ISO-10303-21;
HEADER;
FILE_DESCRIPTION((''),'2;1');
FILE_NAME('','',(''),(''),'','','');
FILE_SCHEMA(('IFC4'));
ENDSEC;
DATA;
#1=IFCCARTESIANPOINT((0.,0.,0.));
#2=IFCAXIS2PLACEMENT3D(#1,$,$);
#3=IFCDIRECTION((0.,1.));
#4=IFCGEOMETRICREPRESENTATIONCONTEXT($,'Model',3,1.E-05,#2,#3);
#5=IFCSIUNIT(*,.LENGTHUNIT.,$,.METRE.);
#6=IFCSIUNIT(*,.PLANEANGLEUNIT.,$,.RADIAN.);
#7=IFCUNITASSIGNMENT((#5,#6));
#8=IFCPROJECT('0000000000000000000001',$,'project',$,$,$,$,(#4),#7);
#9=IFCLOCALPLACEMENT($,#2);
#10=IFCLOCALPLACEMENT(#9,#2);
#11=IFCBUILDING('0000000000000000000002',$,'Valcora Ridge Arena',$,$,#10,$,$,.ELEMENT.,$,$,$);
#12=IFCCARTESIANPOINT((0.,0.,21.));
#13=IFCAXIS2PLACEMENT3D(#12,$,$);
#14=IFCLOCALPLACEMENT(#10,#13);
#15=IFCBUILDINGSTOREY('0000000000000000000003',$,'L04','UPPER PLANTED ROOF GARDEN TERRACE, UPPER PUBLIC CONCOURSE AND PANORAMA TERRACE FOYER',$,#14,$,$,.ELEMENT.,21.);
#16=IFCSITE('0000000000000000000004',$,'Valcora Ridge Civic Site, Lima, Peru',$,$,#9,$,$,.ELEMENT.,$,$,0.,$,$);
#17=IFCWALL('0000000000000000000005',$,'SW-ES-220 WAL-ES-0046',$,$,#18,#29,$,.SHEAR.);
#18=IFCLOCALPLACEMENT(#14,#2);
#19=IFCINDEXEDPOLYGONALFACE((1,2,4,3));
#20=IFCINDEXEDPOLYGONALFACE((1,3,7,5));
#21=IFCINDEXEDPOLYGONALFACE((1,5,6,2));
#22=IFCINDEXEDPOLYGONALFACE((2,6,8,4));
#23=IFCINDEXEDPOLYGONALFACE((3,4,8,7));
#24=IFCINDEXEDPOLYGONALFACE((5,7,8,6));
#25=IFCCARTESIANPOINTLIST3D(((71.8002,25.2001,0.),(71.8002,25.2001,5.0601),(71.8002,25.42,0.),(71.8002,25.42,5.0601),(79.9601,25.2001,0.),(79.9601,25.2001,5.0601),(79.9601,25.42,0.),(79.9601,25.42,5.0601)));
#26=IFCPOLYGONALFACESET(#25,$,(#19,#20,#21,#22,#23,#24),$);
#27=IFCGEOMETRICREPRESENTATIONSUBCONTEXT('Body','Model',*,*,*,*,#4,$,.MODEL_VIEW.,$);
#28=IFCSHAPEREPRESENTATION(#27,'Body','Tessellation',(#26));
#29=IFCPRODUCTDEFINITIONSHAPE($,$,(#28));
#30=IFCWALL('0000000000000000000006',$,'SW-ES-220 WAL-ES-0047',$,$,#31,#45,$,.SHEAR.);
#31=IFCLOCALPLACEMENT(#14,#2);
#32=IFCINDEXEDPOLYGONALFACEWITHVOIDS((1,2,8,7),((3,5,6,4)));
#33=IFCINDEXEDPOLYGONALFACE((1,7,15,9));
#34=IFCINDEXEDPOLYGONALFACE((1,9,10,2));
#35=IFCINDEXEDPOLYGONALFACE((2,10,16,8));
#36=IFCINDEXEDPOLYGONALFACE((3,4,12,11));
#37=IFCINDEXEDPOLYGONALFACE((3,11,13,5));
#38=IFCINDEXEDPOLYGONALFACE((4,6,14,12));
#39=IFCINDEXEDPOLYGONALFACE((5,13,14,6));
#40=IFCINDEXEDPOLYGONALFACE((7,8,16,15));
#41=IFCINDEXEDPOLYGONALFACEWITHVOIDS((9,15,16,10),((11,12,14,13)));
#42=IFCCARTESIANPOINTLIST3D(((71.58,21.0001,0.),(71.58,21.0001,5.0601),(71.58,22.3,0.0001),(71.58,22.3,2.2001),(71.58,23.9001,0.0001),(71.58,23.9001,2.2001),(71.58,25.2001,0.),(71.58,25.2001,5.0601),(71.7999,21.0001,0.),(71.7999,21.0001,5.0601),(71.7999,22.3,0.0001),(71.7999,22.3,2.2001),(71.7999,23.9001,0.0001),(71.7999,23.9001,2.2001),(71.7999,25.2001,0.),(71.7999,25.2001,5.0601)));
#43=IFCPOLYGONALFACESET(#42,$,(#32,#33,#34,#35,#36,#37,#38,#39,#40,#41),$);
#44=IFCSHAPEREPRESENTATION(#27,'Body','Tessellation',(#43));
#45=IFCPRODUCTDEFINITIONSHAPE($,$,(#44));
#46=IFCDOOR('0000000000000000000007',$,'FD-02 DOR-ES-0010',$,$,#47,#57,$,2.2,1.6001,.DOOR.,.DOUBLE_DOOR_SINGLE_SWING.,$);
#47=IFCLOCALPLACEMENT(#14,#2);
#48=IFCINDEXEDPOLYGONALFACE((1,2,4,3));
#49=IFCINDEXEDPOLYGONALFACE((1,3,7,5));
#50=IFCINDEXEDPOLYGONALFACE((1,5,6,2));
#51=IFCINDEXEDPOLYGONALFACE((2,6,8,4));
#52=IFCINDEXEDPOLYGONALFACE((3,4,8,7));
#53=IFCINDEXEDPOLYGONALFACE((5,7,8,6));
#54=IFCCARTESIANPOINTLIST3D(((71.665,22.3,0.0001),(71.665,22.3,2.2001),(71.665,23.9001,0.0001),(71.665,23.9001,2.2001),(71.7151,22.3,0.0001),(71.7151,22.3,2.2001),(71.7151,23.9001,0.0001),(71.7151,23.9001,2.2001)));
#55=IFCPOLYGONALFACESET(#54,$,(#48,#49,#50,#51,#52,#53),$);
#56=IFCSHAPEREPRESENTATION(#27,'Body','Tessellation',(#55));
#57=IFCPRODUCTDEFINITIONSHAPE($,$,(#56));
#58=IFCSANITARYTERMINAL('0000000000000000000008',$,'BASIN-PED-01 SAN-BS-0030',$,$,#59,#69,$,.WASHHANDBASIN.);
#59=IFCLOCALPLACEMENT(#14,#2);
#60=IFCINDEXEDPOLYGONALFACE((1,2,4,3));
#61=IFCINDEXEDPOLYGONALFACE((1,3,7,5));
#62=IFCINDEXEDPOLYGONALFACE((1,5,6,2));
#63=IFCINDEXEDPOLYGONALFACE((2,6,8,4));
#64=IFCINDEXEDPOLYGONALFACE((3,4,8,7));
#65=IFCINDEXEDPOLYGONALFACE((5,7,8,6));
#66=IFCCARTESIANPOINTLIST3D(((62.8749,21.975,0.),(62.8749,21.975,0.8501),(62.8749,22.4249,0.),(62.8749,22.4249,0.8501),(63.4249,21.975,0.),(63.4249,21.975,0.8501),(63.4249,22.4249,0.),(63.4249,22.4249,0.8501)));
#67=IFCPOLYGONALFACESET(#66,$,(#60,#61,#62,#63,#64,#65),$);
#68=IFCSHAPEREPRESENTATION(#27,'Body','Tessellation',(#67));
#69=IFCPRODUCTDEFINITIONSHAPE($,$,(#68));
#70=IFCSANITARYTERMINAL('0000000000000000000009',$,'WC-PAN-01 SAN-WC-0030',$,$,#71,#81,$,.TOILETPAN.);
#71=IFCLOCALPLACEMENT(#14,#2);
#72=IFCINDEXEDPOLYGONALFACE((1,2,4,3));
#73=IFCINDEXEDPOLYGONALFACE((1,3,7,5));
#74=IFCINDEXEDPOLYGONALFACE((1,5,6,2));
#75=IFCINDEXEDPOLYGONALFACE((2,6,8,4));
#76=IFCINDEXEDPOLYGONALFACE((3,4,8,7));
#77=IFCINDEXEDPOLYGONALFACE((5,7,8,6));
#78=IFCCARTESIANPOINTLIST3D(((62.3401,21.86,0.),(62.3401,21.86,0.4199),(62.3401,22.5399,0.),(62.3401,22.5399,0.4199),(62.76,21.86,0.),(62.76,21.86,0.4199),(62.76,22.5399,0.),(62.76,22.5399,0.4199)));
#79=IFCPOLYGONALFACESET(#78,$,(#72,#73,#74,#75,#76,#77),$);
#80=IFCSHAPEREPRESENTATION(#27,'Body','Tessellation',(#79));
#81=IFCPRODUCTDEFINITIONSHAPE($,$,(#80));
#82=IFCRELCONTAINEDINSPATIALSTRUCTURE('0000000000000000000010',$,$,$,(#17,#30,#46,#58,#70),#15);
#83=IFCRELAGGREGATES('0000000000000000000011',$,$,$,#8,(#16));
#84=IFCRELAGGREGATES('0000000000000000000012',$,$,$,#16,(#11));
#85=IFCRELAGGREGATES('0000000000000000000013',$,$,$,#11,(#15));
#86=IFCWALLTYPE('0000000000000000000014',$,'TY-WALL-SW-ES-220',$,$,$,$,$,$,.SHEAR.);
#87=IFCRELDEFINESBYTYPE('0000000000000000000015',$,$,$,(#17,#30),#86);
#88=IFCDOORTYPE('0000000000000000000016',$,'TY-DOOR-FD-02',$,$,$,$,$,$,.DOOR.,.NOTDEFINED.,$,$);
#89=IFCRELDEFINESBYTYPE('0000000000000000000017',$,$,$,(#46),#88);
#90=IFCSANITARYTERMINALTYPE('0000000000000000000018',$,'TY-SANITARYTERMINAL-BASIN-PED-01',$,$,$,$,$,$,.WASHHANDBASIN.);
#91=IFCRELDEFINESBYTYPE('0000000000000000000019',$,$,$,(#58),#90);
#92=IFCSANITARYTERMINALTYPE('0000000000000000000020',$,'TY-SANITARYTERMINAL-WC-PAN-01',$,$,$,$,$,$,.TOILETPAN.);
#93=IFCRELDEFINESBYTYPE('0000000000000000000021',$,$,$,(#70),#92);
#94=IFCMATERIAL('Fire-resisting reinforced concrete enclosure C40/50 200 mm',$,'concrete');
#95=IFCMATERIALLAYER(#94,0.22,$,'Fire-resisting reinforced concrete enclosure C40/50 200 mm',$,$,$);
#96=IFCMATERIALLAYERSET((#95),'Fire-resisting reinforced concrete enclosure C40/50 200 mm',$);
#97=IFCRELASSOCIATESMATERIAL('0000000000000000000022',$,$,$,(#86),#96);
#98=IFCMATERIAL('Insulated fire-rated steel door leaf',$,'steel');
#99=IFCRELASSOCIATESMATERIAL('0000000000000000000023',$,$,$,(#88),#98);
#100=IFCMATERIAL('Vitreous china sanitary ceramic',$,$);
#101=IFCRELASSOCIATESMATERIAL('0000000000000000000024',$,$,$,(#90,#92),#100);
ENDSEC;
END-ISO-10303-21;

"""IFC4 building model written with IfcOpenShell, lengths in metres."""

from ifc_helpers import new_model, si_unit, direction, frame, frame_2d, origin, origin_2d, place, context, subcontext, project, spatial, rectangle, extrude, material, layer, layer_set, type_object, element, fill, save


model = new_model("IFC4")

# Units and contexts
model_context = context("Model", 3, precision=1e-05, world=origin(), true_north=direction((0.0, 1.0)))
body_context = subcontext(model_context, "Body", "Model", "MODEL_VIEW")
ifc_project = project(units=[si_unit("LENGTHUNIT", "METRE"), si_unit("PLANEANGLEUNIT", "RADIAN")], contexts=[model_context])

# Site, building, storey
site_placement = place(None, origin())
site = spatial("IfcSite", under=ifc_project, at=site_placement, Name="Valcora Ridge Civic Site, Lima, Peru", CompositionType="ELEMENT", RefElevation=0.0)
building_placement = place(site_placement, origin())
building = spatial("IfcBuilding", under=site, at=building_placement, Name="Valcora Ridge Arena", CompositionType="ELEMENT")
storey_placement = place(building_placement, frame((0.0, 0.0, 21.0)))
storey = spatial("IfcBuildingStorey", under=building, at=storey_placement, Name="L04", Description="UPPER PLANTED ROOF GARDEN TERRACE, UPPER PUBLIC CONCOURSE AND PANORAMA TERRACE FOYER", CompositionType="ELEMENT", Elevation=21.0)

# Wall
ifc_material_1 = material(Name="Fire-resisting reinforced concrete enclosure C40/50 200 mm", Category="concrete")
ifc_layer_1 = layer(ifc_material_1, 0.22, Name="Fire-resisting reinforced concrete enclosure C40/50 200 mm")
ifc_layer_set_1 = layer_set([ifc_layer_1], Name="Fire-resisting reinforced concrete enclosure C40/50 200 mm")
wall_type_1 = type_object("IfcWallType", Name="TY-WALL-SW-ES-220", PredefinedType="SHEAR", material=ifc_layer_set_1)
for number, where, z_axis, x_axis, name in (
    (1, (71.8, 25.3101, 0.0), (0.0, 0.0, 1.0), (1.0, 0.0, 0.0), "SW-ES-220 WAL-ES-0046"),
):
    element("IfcWall", number, at=place(storey_placement, frame(where, z_axis=z_axis, x_axis=x_axis)), inside=storey, type_object=wall_type_1, Name=name, PredefinedType="SHEAR", context=body_context, shape_type="SweptSolid", body=[
        extrude(rectangle(XDim=8.1599, YDim=0.22, at=frame_2d((4.0801, 0.0))), origin(), (0.0, 0.0, 1.0), 5.0601),
    ])

# Wall, opening, door
wall_1_placement = place(storey_placement, frame((71.6899, 21.0, 0.0), z_axis=(0.0, 0.0, 1.0), x_axis=(0.0, 1.0, 0.0)))
wall_1 = element("IfcWall", 2, at=wall_1_placement, inside=storey, type_object=wall_type_1, Name="SW-ES-220 WAL-ES-0047", PredefinedType="SHEAR", context=body_context, shape_type="SweptSolid", body=[
    extrude(rectangle(XDim=4.2, YDim=0.22, at=frame_2d((2.1001, 0.0))), origin(), (0.0, 0.0, 1.0), 5.0601),
])
opening_1_placement = place(wall_1_placement, frame((1.3, 0.0, 0.0)))
opening_1 = element("IfcOpeningElement", 3, at=opening_1_placement, cuts=wall_1, PredefinedType="OPENING", context=body_context, shape_type="SweptSolid", body=[
    extrude(rectangle(XDim=1.6001, YDim=2.2, at=frame_2d((0.8, 1.1001))), frame((0.0, 0.1199, 0.0), z_axis=(0.0, -1.0, 0.0), x_axis=(1.0, 0.0, 0.0)), (0.0, 0.0, 1.0), 0.24),
])
ifc_material_2 = material(Name="Insulated fire-rated steel door leaf", Category="steel")
door_type_1 = type_object("IfcDoorType", Name="TY-DOOR-FD-02", OperationType="NOTDEFINED", PredefinedType="DOOR", material=ifc_material_2)
door_1_placement = place(opening_1_placement, origin())
door_1 = element("IfcDoor", 4, at=door_1_placement, inside=storey, type_object=door_type_1, Name="FD-02 DOR-ES-0010", OperationType="DOUBLE_DOOR_SINGLE_SWING", OverallHeight=2.2, OverallWidth=1.6001, PredefinedType="DOOR", context=body_context, shape_type="SweptSolid", body=[
    extrude(rectangle(XDim=1.6001, YDim=2.2, at=frame_2d((0.8, 1.1001))), frame((0.0, 0.0249, 0.0), z_axis=(0.0, -1.0, 0.0), x_axis=(1.0, 0.0, 0.0)), (0.0, 0.0, 1.0), 0.05),
])
fill(opening_1, door_1)

# Sanitary terminals
ifc_material_3 = material(Name="Vitreous china sanitary ceramic")
sanitary_terminal_type_1 = type_object("IfcSanitaryTerminalType", Name="TY-SANITARYTERMINAL-BASIN-PED-01", PredefinedType="WASHHANDBASIN", material=ifc_material_3)
sanitary_terminal_1_placement = place(storey_placement, frame((63.1499, 22.2, 0.0), z_axis=(0.0, 0.0, 1.0), x_axis=(1.0, 0.0, 0.0)))
element("IfcSanitaryTerminal", 5, at=sanitary_terminal_1_placement, inside=storey, type_object=sanitary_terminal_type_1, Name="BASIN-PED-01 SAN-BS-0030", PredefinedType="WASHHANDBASIN", context=body_context, shape_type="SweptSolid", body=[
    extrude(rectangle(XDim=0.55, YDim=0.45, at=origin_2d()), origin(), (0.0, 0.0, 1.0), 0.8501),
])
sanitary_terminal_type_2 = type_object("IfcSanitaryTerminalType", Name="TY-SANITARYTERMINAL-WC-PAN-01", PredefinedType="TOILETPAN", material=ifc_material_3)
sanitary_terminal_2_placement = place(storey_placement, frame((62.55, 22.2, 0.0), z_axis=(0.0, 0.0, 1.0), x_axis=(1.0, 0.0, 0.0)))
element("IfcSanitaryTerminal", 6, at=sanitary_terminal_2_placement, inside=storey, type_object=sanitary_terminal_type_2, Name="WC-PAN-01 SAN-WC-0030", PredefinedType="TOILETPAN", context=body_context, shape_type="SweptSolid", body=[
    extrude(rectangle(XDim=0.4199, YDim=0.6799, at=origin_2d()), origin(), (0.0, 0.0, 1.0), 0.4199),
])

save(model, "model.ifc")
